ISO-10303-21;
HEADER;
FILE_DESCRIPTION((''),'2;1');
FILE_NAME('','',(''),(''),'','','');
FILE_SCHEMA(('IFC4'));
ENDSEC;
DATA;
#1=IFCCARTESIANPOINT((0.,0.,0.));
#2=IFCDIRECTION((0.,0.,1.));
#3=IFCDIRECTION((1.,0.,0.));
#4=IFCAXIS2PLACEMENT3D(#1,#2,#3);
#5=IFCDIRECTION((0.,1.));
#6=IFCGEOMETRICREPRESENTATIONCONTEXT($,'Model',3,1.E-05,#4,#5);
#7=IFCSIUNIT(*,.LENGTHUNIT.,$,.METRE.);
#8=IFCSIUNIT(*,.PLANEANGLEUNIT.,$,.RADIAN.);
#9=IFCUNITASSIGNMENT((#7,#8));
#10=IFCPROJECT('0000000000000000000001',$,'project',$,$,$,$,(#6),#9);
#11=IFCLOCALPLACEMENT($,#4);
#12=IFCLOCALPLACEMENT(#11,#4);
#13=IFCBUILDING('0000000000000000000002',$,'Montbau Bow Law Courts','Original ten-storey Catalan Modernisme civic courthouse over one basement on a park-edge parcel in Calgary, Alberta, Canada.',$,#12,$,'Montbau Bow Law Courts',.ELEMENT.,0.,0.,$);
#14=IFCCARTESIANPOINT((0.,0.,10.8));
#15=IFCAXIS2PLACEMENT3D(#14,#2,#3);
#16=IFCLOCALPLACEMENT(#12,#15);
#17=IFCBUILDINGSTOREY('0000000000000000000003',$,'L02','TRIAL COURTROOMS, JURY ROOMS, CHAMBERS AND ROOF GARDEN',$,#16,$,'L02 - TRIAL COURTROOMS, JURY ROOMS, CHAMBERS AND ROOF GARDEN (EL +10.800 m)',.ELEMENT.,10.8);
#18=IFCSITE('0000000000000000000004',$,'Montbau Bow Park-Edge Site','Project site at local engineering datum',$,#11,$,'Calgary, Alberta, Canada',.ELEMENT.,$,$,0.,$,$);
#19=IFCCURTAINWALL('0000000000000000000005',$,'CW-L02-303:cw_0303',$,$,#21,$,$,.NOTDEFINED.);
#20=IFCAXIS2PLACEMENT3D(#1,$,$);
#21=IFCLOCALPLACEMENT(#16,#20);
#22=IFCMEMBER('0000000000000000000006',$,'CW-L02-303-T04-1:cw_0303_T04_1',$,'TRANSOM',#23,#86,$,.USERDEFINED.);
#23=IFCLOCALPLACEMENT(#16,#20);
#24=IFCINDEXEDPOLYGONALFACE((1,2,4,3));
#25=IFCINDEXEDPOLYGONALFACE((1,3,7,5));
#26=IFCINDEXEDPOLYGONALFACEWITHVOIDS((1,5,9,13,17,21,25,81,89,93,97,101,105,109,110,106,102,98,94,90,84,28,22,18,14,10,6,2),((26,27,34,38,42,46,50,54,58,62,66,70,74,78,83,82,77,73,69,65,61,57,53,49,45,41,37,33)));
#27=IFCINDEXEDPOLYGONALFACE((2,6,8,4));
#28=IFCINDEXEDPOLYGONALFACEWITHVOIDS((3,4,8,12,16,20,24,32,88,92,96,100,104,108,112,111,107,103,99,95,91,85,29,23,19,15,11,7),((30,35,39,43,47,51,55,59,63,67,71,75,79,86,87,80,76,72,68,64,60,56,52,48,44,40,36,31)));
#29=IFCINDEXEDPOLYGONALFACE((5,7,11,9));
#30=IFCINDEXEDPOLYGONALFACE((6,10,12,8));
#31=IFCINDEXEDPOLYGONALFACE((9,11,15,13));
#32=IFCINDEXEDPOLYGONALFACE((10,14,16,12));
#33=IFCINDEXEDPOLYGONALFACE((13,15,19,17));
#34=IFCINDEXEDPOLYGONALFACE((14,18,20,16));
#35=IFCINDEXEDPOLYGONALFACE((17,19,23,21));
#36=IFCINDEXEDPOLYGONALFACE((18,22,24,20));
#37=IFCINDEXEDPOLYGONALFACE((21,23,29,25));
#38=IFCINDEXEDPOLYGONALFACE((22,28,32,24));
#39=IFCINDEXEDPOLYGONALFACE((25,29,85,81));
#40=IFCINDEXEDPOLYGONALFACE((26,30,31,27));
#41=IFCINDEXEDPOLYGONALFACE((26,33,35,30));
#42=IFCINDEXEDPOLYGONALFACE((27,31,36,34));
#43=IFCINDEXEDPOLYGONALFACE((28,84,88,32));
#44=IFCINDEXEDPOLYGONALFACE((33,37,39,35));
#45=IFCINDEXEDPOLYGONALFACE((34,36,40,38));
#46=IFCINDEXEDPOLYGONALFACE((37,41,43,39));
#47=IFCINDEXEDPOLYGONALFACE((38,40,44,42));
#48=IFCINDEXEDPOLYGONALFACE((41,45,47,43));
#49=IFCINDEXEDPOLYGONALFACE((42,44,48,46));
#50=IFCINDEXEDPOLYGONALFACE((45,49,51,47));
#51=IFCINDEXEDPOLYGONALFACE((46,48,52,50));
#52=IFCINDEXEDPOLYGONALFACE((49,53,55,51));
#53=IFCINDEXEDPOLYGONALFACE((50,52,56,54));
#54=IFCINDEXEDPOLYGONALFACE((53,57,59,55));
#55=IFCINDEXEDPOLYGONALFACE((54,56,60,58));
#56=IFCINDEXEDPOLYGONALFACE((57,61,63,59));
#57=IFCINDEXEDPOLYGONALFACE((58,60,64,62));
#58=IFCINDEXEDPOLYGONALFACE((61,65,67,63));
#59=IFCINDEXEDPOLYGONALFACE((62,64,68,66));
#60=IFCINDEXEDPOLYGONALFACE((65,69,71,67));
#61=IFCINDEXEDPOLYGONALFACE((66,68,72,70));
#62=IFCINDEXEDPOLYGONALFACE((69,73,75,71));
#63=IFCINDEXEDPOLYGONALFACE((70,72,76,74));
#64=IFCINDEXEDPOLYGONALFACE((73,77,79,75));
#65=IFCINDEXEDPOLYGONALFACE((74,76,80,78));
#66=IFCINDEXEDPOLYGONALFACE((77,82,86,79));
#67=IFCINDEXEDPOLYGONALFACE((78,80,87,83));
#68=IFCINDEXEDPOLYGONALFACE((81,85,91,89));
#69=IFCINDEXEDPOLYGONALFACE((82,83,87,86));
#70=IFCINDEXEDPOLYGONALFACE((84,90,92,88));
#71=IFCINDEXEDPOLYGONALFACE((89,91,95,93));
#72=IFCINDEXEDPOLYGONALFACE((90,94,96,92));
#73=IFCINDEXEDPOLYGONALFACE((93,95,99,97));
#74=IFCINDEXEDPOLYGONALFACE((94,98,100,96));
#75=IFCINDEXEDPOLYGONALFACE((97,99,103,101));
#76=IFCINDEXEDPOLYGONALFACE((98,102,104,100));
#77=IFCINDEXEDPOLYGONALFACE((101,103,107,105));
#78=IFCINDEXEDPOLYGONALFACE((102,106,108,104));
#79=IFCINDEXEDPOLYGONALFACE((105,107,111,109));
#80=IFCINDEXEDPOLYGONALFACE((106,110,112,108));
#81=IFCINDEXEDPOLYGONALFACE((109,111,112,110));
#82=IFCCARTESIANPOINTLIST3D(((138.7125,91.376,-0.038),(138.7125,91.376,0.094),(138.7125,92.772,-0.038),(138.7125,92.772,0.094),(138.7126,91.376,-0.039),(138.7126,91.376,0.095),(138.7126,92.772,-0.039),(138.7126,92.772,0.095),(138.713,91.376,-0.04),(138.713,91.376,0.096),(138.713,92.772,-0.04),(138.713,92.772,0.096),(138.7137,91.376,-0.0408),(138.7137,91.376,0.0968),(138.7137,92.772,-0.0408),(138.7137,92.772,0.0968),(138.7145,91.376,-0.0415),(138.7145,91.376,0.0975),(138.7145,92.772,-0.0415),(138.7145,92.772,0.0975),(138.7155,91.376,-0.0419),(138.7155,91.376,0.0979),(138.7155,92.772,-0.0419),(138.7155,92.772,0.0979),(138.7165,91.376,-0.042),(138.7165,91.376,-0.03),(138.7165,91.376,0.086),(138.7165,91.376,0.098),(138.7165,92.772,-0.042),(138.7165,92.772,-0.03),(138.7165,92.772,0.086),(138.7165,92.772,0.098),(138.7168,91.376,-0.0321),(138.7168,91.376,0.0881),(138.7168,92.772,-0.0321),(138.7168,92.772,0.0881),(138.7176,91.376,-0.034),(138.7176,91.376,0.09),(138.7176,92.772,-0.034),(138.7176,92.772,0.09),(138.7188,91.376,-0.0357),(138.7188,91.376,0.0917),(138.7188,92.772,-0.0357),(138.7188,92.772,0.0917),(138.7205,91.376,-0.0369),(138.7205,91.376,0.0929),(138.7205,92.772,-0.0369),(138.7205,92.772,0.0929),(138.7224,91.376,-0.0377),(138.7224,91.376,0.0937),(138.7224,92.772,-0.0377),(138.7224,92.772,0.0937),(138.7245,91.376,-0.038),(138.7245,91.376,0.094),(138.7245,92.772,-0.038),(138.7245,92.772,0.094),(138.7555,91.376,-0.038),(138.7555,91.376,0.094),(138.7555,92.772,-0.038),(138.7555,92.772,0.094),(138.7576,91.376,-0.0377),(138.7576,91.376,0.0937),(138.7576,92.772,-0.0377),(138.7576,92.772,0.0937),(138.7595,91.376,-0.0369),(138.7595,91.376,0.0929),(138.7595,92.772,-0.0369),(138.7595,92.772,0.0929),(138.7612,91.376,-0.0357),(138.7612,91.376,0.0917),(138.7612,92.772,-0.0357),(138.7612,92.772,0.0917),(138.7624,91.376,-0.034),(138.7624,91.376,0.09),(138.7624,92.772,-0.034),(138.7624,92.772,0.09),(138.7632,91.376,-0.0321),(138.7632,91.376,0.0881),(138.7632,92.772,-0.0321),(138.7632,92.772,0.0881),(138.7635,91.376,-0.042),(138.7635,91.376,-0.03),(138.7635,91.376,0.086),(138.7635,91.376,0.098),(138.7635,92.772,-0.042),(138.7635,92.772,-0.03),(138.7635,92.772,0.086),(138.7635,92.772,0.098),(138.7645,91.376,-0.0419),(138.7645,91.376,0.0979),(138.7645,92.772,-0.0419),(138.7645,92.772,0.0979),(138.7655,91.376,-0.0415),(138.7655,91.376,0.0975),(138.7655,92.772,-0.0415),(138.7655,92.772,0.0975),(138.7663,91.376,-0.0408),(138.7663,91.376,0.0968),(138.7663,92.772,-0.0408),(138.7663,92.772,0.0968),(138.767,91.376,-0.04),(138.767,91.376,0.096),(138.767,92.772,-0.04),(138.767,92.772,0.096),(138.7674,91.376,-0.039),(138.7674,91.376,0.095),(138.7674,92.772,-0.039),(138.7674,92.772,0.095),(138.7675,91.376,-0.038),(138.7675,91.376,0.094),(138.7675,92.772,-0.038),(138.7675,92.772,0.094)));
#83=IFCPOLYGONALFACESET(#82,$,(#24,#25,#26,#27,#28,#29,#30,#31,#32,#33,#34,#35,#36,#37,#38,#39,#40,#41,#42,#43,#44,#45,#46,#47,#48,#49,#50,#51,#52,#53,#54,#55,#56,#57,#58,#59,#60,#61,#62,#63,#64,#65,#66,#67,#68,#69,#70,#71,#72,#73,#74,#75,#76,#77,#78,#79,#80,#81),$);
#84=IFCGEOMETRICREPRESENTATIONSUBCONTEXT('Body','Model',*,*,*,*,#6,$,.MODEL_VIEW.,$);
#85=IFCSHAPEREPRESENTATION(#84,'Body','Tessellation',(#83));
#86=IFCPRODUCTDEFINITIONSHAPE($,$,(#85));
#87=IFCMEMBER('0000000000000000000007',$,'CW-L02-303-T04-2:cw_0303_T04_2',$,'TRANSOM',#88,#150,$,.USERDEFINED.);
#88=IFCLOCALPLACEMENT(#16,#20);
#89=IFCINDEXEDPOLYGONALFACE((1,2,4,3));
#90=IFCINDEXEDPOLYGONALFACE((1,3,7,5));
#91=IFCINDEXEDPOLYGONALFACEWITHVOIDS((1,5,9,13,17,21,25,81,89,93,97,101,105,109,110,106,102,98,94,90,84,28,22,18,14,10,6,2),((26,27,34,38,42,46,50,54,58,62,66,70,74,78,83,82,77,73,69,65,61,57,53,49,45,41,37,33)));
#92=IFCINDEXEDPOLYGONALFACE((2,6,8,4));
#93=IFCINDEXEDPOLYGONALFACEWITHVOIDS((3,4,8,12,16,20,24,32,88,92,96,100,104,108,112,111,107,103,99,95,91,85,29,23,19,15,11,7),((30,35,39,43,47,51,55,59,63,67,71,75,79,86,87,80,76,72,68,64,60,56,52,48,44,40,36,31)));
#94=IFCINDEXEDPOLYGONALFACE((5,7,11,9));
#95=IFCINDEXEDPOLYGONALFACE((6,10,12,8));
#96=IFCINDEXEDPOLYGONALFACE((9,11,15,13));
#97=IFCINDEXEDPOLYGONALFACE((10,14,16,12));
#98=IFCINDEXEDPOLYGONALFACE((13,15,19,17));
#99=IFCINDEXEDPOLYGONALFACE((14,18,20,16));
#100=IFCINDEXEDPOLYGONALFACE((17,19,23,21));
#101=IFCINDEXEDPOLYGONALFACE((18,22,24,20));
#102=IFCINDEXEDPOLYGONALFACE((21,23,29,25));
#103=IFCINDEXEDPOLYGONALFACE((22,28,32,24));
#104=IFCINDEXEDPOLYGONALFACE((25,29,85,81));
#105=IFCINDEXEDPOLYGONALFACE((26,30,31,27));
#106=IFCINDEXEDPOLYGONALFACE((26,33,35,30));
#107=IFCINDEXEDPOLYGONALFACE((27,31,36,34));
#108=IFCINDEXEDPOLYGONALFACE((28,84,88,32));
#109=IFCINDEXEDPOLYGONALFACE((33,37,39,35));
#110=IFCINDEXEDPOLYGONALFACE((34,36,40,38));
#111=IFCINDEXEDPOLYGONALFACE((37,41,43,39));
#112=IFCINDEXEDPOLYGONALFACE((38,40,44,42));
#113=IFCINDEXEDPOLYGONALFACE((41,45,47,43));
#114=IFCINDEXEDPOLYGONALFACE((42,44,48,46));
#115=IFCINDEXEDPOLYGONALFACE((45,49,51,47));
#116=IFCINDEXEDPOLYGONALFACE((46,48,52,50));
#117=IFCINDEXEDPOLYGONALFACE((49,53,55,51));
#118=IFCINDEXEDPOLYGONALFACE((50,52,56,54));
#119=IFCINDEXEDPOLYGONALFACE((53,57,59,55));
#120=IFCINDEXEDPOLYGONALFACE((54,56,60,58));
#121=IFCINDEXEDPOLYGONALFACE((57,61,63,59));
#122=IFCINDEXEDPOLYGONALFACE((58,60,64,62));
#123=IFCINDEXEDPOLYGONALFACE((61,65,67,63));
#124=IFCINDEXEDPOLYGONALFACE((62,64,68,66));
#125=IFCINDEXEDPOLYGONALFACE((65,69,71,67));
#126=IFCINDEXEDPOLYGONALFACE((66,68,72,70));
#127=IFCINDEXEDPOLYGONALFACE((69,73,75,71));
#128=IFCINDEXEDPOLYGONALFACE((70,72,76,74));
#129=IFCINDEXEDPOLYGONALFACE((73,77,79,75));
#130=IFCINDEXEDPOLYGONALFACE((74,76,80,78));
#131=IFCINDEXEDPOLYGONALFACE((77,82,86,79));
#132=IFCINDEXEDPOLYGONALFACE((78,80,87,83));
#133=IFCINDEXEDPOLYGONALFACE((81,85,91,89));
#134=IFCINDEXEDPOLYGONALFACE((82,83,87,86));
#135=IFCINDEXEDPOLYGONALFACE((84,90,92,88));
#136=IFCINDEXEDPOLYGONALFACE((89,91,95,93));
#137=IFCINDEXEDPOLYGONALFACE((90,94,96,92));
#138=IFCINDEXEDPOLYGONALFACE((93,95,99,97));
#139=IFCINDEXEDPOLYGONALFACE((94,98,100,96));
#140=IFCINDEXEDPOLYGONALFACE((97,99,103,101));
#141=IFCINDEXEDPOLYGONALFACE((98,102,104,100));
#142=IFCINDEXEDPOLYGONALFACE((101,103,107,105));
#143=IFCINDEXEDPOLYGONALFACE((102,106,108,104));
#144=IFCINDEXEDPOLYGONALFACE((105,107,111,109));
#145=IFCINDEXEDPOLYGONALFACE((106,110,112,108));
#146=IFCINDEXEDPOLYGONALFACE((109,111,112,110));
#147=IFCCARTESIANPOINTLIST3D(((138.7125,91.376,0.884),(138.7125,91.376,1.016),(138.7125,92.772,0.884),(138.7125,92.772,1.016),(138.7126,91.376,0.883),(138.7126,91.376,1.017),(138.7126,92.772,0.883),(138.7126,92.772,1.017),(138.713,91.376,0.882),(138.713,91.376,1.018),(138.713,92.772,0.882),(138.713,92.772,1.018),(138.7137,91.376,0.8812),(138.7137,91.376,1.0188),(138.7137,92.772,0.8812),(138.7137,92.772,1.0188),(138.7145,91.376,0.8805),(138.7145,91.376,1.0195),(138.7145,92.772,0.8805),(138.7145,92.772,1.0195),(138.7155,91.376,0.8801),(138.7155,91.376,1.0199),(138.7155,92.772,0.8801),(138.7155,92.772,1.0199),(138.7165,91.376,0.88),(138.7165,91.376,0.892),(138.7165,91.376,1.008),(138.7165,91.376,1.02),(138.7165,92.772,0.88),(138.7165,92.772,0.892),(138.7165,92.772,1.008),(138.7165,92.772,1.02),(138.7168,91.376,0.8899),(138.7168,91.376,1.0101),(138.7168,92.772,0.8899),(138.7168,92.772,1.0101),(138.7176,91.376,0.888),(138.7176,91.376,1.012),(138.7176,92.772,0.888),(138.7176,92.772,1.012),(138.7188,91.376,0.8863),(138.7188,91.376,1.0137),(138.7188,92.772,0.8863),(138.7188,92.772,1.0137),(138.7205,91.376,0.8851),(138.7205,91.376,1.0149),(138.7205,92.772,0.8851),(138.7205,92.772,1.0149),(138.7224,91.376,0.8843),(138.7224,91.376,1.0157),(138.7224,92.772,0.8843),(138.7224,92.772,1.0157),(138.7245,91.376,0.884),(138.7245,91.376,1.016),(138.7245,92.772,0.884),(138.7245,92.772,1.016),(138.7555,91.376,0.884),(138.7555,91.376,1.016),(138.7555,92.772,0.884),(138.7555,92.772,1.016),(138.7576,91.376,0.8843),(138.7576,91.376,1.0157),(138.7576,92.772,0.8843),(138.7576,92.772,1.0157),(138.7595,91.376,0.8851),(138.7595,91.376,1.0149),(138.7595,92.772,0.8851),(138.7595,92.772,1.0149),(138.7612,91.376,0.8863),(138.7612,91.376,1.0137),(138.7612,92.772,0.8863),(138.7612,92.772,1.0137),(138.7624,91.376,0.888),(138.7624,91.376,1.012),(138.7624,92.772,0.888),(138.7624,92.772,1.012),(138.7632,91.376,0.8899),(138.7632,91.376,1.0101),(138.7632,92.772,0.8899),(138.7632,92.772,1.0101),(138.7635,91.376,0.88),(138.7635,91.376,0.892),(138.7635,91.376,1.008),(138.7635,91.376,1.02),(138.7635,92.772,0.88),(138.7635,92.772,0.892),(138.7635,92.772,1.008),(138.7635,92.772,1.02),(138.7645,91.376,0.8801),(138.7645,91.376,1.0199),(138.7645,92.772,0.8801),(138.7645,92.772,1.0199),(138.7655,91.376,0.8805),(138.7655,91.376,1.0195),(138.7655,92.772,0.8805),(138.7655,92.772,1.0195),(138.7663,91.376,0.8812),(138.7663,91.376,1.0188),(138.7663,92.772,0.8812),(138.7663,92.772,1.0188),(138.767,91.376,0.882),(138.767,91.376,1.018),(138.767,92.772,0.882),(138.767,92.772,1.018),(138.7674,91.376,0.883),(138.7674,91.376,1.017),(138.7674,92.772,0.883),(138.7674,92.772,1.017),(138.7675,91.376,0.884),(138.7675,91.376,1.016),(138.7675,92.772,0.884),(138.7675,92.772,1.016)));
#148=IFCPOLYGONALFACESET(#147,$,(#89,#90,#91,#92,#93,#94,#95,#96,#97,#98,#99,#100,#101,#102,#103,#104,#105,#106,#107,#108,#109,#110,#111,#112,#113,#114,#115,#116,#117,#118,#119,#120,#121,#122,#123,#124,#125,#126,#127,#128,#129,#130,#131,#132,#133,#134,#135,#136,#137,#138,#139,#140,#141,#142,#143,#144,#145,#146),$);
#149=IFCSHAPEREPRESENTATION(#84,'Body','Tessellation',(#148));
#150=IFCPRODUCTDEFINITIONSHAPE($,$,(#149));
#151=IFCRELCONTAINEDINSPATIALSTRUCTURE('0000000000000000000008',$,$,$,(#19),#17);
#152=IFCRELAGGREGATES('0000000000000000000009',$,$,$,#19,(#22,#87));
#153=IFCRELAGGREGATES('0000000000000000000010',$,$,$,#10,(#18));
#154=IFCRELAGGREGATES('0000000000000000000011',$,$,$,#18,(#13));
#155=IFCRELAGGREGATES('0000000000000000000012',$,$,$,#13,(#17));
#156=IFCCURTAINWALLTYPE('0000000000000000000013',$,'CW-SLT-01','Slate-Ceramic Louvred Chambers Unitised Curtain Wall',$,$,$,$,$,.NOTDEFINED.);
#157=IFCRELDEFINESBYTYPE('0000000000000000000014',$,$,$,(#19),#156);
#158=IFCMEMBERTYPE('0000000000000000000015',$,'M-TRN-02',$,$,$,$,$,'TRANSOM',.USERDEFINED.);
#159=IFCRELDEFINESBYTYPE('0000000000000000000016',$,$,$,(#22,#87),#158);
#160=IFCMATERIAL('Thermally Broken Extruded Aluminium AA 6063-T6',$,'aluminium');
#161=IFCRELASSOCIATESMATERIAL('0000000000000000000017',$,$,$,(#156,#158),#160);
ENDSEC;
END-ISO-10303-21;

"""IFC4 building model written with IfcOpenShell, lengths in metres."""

from ifc_helpers import new_model, si_unit, direction, frame, origin_with_axes, origin_2d_with_axis, place, context, subcontext, project, spatial, hollow_rectangle, extrude, material, material_profile, profile_set, type_object, element, aggregate, save


model = new_model("IFC4")

# Units and contexts
model_context = context("Model", 3, precision=1e-05, world=origin_with_axes(), true_north=direction((0.0, 1.0)))
body_context = subcontext(model_context, "Body", "Model", "MODEL_VIEW")
ifc_project = project(units=[si_unit("LENGTHUNIT", "METRE"), si_unit("PLANEANGLEUNIT", "RADIAN")], contexts=[model_context])

# Site, building, storey
site_placement = place(None, origin_with_axes())
site = spatial("IfcSite", under=ifc_project, at=site_placement, Name="Montbau Bow Park-Edge Site", Description="Project site at local engineering datum", LongName="Calgary, Alberta, Canada", CompositionType="ELEMENT", RefElevation=0.0)
building_placement = place(site_placement, origin_with_axes())
building = spatial("IfcBuilding", under=site, at=building_placement, Name="Montbau Bow Law Courts", Description="Original ten-storey Catalan Modernisme civic courthouse over one basement on a park-edge parcel in Calgary, Alberta, Canada.", LongName="Montbau Bow Law Courts", CompositionType="ELEMENT", ElevationOfRefHeight=0.0, ElevationOfTerrain=0.0)
storey_placement = place(building_placement, frame((0.0, 0.0, 10.8), z_axis=(0.0, 0.0, 1.0), x_axis=(1.0, 0.0, 0.0)))
storey = spatial("IfcBuildingStorey", under=building, at=storey_placement, Name="L02", Description="TRIAL COURTROOMS, JURY ROOMS, CHAMBERS AND ROOF GARDEN", LongName="L02 - TRIAL COURTROOMS, JURY ROOMS, CHAMBERS AND ROOF GARDEN (EL +10.800 m)", CompositionType="ELEMENT", Elevation=10.8)

# Curtain wall, members
ifc_material_1 = material(Name="Thermally Broken Extruded Aluminium AA 6063-T6", Category="aluminium")
curtain_wall_type = type_object("IfcCurtainWallType", Name="CW-SLT-01", Description="Slate-Ceramic Louvred Chambers Unitised Curtain Wall", PredefinedType="NOTDEFINED", material=ifc_material_1)
curtain_wall_placement = place(None, frame((138.74, 86.915, 10.8), z_axis=(0.0, 0.0, 1.0), x_axis=(1.0, 0.0, 0.0)))
curtain_wall = element("IfcCurtainWall", 1, at=curtain_wall_placement, inside=storey, type_object=curtain_wall_type, Name="CW-L02-303:cw_0303", PredefinedType="NOTDEFINED")
ifc_material_profile_1 = material_profile(ifc_material_1, hollow_rectangle(XDim=0.055, YDim=0.14, WallThickness=0.004, InnerFilletRadius=0.008, OuterFilletRadius=0.004, at=origin_2d_with_axis()), Name="CWT-140X55", Category="Main", Priority=0)
ifc_profile_set_1 = profile_set([ifc_material_profile_1], Name="Thermally Broken Extruded Aluminium AA 6063-T6")
member_type_1 = type_object("IfcMemberType", Name="M-TRN-02", ElementType="TRANSOM", PredefinedType="USERDEFINED", material=ifc_profile_set_1)
member_1_placement = place(None, frame((138.74, 91.376, 10.828), z_axis=(0.0, 1.0, 0.0), x_axis=(-1.0, 0.0, 0.0)))
member_1 = element("IfcMember", 2, at=member_1_placement, type_object=member_type_1, Name="CW-L02-303-T04-1:cw_0303_T04_1", ObjectType="TRANSOM", PredefinedType="USERDEFINED", context=body_context, shape_type="SweptSolid", body=[
    extrude(hollow_rectangle(XDim=0.055, YDim=0.14, WallThickness=0.004, InnerFilletRadius=0.008, OuterFilletRadius=0.004, at=origin_2d_with_axis()), origin_with_axes(), (0.0, 0.0, 1.0), 1.396),
])
member_2_placement = place(None, frame((138.74, 91.376, 11.75), z_axis=(0.0, 1.0, 0.0), x_axis=(-1.0, 0.0, 0.0)))
member_2 = element("IfcMember", 3, at=member_2_placement, type_object=member_type_1, Name="CW-L02-303-T04-2:cw_0303_T04_2", ObjectType="TRANSOM", PredefinedType="USERDEFINED", context=body_context, shape_type="SweptSolid", body=[
    extrude(hollow_rectangle(XDim=0.055, YDim=0.14, WallThickness=0.004, InnerFilletRadius=0.008, OuterFilletRadius=0.004, at=origin_2d_with_axis()), origin_with_axes(), (0.0, 0.0, 1.0), 1.396),
])
aggregate(curtain_wall, [member_1, member_2])

save(model, "model.ifc")
